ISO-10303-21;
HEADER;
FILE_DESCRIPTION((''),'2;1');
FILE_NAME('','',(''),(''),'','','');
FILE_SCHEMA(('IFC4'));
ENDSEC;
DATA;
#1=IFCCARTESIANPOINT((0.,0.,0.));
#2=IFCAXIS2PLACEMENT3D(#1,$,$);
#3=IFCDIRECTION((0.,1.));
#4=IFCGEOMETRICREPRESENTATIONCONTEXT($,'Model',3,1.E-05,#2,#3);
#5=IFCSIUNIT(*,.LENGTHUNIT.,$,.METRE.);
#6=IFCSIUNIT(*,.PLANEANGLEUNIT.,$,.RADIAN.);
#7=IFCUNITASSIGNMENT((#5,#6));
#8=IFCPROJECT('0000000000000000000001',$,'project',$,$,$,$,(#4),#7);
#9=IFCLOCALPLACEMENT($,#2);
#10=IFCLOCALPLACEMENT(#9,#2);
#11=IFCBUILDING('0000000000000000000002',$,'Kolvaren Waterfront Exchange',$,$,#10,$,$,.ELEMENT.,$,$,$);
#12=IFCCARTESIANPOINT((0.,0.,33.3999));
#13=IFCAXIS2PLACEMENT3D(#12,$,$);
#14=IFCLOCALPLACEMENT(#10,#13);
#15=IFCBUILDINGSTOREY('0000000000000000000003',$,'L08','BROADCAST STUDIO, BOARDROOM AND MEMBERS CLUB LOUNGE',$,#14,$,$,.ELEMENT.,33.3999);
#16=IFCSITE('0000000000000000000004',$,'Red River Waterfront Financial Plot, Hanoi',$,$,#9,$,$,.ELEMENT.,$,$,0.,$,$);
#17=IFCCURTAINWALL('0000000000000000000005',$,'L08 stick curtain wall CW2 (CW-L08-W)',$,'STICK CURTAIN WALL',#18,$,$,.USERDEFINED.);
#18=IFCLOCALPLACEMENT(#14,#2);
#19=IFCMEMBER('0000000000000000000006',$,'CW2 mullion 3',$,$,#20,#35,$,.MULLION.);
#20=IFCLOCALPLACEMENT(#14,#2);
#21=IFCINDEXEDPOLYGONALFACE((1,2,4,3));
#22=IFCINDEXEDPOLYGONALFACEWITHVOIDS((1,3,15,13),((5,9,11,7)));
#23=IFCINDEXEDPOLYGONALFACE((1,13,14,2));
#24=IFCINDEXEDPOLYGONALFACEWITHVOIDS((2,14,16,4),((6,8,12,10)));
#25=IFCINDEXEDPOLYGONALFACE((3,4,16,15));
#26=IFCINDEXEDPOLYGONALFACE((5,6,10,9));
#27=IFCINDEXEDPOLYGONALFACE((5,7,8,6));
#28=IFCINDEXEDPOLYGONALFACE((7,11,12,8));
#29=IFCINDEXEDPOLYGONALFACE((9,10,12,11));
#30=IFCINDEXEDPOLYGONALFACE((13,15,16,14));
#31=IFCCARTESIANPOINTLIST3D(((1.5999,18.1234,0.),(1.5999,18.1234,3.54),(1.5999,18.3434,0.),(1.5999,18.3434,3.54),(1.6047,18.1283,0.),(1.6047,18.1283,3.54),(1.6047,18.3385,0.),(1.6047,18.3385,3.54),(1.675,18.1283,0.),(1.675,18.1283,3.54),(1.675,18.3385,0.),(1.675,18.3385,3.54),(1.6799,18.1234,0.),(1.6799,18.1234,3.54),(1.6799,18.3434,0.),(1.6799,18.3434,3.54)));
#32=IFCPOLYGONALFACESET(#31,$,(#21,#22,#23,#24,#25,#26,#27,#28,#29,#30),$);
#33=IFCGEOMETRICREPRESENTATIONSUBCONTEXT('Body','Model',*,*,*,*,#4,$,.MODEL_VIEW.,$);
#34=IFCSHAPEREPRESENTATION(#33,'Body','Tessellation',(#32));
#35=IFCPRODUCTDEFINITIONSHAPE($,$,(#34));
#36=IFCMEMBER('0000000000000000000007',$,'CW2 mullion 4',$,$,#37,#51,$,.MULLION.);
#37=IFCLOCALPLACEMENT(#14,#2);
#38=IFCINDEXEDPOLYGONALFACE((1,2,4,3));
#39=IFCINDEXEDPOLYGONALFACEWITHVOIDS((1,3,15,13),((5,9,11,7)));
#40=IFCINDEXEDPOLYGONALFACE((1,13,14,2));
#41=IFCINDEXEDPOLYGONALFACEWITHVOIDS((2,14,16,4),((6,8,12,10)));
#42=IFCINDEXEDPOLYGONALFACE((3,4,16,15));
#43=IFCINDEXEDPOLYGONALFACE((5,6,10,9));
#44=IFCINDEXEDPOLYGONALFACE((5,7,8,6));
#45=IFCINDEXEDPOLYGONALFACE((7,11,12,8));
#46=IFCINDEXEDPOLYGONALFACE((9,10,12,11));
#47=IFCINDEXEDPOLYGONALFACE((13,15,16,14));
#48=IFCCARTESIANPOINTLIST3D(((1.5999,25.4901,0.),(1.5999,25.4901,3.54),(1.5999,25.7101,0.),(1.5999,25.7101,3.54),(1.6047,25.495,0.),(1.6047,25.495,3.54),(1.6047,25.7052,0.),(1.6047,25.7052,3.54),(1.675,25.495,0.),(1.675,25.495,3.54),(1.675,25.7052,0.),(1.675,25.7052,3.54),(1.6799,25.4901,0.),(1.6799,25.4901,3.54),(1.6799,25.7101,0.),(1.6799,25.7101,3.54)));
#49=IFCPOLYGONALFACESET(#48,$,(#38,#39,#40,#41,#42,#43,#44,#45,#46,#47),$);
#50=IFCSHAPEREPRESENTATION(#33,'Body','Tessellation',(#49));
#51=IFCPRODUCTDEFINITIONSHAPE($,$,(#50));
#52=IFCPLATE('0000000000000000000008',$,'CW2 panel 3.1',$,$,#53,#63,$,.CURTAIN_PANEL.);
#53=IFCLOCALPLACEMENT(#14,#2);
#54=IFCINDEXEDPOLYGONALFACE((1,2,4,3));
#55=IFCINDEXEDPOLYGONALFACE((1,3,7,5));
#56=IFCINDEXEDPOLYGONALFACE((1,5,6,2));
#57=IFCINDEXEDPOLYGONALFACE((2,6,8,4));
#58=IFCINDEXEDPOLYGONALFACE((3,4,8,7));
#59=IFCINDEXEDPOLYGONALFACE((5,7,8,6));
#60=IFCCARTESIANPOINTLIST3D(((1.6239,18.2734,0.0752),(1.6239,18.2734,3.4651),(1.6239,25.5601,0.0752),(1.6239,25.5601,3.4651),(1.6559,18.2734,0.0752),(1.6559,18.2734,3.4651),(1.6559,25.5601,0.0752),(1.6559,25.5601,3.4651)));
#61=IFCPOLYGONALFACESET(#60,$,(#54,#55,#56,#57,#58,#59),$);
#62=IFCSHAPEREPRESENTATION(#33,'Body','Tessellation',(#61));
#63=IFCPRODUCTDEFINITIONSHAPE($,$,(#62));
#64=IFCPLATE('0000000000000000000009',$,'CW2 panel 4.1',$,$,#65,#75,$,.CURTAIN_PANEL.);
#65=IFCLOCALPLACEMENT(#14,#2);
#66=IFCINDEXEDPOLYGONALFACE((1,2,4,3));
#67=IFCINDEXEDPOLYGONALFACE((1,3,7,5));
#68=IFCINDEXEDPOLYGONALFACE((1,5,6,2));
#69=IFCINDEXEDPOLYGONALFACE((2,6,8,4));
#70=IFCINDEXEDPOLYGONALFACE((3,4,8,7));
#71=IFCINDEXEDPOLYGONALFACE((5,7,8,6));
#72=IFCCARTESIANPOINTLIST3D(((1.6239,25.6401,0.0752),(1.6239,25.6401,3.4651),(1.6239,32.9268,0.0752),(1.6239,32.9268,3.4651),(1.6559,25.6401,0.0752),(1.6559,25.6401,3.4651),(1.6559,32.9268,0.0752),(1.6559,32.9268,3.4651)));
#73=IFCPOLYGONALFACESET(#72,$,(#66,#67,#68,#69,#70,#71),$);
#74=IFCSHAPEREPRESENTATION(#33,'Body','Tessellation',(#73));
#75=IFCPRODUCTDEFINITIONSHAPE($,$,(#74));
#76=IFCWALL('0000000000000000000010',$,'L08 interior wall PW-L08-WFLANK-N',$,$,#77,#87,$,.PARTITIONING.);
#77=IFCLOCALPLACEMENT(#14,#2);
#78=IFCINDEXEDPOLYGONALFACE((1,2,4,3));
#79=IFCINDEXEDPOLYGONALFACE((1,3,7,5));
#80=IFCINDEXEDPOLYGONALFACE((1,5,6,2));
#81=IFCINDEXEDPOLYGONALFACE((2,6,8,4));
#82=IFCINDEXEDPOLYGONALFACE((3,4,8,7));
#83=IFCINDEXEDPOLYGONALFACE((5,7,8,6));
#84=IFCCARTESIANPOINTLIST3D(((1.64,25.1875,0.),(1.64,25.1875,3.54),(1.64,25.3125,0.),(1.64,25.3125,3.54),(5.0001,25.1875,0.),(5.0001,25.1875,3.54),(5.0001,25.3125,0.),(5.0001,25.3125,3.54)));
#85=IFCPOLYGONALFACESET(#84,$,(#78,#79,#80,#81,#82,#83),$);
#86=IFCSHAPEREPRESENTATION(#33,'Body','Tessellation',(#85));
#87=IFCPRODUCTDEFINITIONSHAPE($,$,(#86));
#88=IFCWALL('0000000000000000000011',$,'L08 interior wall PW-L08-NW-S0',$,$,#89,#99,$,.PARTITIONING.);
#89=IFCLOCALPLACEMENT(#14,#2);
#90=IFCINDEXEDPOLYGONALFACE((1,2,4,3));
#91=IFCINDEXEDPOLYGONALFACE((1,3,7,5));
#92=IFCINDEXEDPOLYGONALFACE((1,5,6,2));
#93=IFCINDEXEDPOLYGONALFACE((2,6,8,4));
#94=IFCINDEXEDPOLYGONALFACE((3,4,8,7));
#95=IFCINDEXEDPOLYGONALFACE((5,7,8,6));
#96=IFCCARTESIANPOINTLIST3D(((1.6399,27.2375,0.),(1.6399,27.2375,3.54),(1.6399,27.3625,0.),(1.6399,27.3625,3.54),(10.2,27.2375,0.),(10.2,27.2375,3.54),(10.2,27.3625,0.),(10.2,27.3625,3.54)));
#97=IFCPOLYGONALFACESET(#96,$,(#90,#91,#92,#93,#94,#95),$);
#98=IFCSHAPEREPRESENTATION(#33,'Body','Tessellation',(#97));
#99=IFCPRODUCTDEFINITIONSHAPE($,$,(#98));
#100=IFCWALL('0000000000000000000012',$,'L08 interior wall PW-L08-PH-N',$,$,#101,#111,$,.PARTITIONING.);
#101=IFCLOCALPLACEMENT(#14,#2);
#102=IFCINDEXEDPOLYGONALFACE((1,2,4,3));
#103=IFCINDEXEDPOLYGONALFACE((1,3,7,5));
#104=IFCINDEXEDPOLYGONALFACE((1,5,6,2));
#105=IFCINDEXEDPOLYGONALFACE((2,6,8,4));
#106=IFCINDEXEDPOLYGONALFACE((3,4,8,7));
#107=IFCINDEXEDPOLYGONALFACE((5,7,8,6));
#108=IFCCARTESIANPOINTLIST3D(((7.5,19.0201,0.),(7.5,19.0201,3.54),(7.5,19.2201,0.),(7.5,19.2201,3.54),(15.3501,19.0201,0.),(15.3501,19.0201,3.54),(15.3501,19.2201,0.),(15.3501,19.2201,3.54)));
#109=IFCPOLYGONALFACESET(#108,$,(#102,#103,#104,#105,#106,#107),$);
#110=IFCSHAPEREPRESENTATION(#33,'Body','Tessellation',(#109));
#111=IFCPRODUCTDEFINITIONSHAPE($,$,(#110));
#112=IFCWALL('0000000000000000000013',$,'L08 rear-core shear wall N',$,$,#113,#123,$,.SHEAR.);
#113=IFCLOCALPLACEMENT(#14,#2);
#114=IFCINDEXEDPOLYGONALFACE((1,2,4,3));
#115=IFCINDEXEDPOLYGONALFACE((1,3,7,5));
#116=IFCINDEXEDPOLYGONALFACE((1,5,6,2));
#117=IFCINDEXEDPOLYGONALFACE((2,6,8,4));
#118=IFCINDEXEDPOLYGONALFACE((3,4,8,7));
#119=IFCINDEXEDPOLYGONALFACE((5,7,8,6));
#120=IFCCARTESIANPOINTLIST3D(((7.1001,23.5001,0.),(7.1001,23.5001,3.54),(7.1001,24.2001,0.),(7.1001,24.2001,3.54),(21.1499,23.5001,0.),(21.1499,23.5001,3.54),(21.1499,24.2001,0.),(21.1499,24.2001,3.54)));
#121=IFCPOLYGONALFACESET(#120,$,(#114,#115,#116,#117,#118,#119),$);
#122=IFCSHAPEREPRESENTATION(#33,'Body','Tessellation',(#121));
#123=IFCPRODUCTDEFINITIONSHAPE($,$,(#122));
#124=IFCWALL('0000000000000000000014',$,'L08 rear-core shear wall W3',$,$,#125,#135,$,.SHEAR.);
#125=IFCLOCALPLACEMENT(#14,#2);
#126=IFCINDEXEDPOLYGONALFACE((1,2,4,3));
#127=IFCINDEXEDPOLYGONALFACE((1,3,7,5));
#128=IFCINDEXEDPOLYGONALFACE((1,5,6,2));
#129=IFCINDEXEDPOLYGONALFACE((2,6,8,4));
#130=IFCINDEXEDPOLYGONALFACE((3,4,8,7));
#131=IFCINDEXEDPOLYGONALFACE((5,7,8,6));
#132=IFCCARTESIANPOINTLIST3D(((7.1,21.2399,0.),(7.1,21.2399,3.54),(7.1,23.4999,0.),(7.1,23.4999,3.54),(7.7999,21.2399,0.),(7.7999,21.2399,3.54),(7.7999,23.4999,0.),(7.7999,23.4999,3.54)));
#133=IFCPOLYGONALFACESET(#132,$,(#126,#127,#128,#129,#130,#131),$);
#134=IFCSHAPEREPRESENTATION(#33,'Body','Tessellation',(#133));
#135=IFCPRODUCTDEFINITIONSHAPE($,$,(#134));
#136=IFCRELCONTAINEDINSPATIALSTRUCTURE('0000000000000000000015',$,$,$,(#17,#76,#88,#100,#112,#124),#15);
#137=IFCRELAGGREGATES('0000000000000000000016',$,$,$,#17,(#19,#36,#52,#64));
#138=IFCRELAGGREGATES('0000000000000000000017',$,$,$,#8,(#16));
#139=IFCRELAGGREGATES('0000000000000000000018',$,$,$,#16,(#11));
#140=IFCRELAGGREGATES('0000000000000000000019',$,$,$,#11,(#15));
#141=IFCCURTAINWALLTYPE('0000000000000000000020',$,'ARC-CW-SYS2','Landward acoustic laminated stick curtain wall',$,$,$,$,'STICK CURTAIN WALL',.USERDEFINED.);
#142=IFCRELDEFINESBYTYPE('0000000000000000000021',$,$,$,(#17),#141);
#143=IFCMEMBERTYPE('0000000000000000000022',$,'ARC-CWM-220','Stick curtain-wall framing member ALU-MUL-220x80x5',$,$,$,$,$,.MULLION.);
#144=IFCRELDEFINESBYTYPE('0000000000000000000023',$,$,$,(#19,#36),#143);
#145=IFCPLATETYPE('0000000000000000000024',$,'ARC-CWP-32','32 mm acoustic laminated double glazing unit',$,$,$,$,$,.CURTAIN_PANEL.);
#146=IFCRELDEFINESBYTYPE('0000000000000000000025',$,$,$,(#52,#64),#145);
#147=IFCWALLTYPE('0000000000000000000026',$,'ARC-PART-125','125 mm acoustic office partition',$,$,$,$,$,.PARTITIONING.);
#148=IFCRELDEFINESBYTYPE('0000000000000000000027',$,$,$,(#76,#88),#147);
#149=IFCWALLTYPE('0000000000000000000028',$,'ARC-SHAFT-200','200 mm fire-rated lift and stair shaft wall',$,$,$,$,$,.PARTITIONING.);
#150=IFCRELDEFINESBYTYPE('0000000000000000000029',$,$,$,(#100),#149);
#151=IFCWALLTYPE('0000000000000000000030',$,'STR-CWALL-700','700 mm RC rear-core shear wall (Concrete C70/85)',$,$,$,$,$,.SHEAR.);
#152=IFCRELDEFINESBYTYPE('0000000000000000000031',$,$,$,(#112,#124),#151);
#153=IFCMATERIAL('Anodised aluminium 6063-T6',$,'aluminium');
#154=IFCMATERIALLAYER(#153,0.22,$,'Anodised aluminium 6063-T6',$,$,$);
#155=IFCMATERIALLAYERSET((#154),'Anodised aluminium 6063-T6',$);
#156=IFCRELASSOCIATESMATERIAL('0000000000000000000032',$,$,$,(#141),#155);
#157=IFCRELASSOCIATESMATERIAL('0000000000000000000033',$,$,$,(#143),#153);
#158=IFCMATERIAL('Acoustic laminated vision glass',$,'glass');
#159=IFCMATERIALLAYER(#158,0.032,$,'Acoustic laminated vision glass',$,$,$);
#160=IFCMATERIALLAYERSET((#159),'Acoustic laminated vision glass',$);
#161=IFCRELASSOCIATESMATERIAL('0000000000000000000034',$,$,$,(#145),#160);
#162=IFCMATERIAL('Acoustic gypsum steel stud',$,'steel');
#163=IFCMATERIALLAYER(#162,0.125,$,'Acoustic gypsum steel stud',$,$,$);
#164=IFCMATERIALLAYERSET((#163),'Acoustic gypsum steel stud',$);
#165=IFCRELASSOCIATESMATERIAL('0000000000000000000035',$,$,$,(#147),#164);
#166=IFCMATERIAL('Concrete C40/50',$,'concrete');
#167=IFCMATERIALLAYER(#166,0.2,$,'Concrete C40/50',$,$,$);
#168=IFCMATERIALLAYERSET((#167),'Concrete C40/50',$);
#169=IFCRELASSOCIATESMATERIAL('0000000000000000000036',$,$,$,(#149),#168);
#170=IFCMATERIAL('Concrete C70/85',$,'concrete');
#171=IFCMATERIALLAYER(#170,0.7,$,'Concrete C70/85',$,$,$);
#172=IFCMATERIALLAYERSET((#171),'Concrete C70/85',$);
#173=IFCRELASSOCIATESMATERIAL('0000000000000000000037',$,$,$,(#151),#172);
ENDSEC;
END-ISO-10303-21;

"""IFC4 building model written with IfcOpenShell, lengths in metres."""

from ifc_helpers import new_model, si_unit, direction, frame, frame_2d, origin, origin_with_axes, origin_2d, place, context, subcontext, project, spatial, rectangle, hollow_rectangle, extrude, source, transform, mapped, material, layer, layer_set, material_profile, profile_set, type_object, element, aggregate, save


model = new_model("IFC4")

# Units and contexts
model_context = context("Model", 3, precision=1e-05, world=origin(), true_north=direction((0.0, 1.0)))
body_context = subcontext(model_context, "Body", "Model", "MODEL_VIEW")
ifc_project = project(units=[si_unit("LENGTHUNIT", "METRE"), si_unit("PLANEANGLEUNIT", "RADIAN")], contexts=[model_context])

# Site, building, storey
site_placement = place(None, origin())
site = spatial("IfcSite", under=ifc_project, at=site_placement, Name="Red River Waterfront Financial Plot, Hanoi", CompositionType="ELEMENT", RefElevation=0.0)
building_placement = place(site_placement, origin())
building = spatial("IfcBuilding", under=site, at=building_placement, Name="Kolvaren Waterfront Exchange", CompositionType="ELEMENT")
storey_placement = place(building_placement, frame((0.0, 0.0, 33.3999)))
storey = spatial("IfcBuildingStorey", under=building, at=storey_placement, Name="L08", Description="BROADCAST STUDIO, BOARDROOM AND MEMBERS CLUB LOUNGE", CompositionType="ELEMENT", Elevation=33.3999)

# Shared definitions
ifc_material_1 = material(Name="Concrete C70/85", Category="concrete")

# Curtain wall, members, plates
ifc_material_2 = material(Name="Anodised aluminium 6063-T6", Category="aluminium")
ifc_layer_1 = layer(ifc_material_2, 0.22, Name="Anodised aluminium 6063-T6")
ifc_layer_set_1 = layer_set([ifc_layer_1], Name="Anodised aluminium 6063-T6")
curtain_wall_type = type_object("IfcCurtainWallType", Name="ARC-CW-SYS2", Description="Landward acoustic laminated stick curtain wall", ElementType="STICK CURTAIN WALL", PredefinedType="USERDEFINED", material=ifc_layer_set_1)
curtain_wall_placement = place(storey_placement, origin())
curtain_wall = element("IfcCurtainWall", 1, at=curtain_wall_placement, inside=storey, type_object=curtain_wall_type, Name="L08 stick curtain wall CW2 (CW-L08-W)", ObjectType="STICK CURTAIN WALL", PredefinedType="USERDEFINED")
ifc_material_profile_1 = material_profile(ifc_material_2, hollow_rectangle(XDim=0.0801, YDim=0.22, WallThickness=0.0049, at=origin_2d()), Name="ALU-MUL-220x80x5")
ifc_profile_set_1 = profile_set([ifc_material_profile_1], Name="Anodised aluminium 6063-T6")
member_type_1 = type_object("IfcMemberType", Name="ARC-CWM-220", Description="Stick curtain-wall framing member ALU-MUL-220x80x5", PredefinedType="MULLION", material=ifc_profile_set_1)
shared_shape_1 = source(origin_with_axes(), body_context, "Body", "SweptSolid", [
    extrude(hollow_rectangle(XDim=0.0801, YDim=0.22, WallThickness=0.0049, at=origin_2d()), origin(), (0.0, 0.0, 1.0), 3.54),
])
member_1_placement = place(storey_placement, frame((1.6399, 18.2334, 0.0), z_axis=(0.0, 0.0, 1.0), x_axis=(-1.0, 0.0, 0.0)))
member_1 = element("IfcMember", 2, at=member_1_placement, type_object=member_type_1, Name="CW2 mullion 3", PredefinedType="MULLION", context=body_context, shape_type="MappedRepresentation", body=[
    mapped(shared_shape_1, transform((0.0, 0.0, 0.0), x_axis=(1.0, 0.0, 0.0), y_axis=(0.0, 1.0, 0.0), z_axis=(0.0, 0.0, 1.0), scale=1.0)),
])
member_2_placement = place(storey_placement, frame((1.6399, 25.6001, 0.0), z_axis=(0.0, 0.0, 1.0), x_axis=(-1.0, 0.0, 0.0)))
member_2 = element("IfcMember", 3, at=member_2_placement, type_object=member_type_1, Name="CW2 mullion 4", PredefinedType="MULLION", context=body_context, shape_type="MappedRepresentation", body=[
    mapped(shared_shape_1, transform((0.0, 0.0, 0.0), x_axis=(1.0, 0.0, 0.0), y_axis=(0.0, 1.0, 0.0), z_axis=(0.0, 0.0, 1.0), scale=1.0)),
])
ifc_material_3 = material(Name="Acoustic laminated vision glass", Category="glass")
ifc_layer_2 = layer(ifc_material_3, 0.032, Name="Acoustic laminated vision glass")
ifc_layer_set_2 = layer_set([ifc_layer_2], Name="Acoustic laminated vision glass")
plate_type = type_object("IfcPlateType", Name="ARC-CWP-32", Description="32 mm acoustic laminated double glazing unit", PredefinedType="CURTAIN_PANEL", material=ifc_layer_set_2)
shared_shape_2 = source(origin_with_axes(), body_context, "Body", "SweptSolid", [
    extrude(rectangle(XDim=7.2866, YDim=0.032, at=origin_2d()), origin(), (0.0, 0.0, 1.0), 3.3899),
])
plate_1_placement = place(storey_placement, frame((1.6399, 21.9167, 0.0752), z_axis=(0.0, 0.0, 1.0), x_axis=(0.0, 1.0, 0.0)))
plate_1 = element("IfcPlate", 4, at=plate_1_placement, type_object=plate_type, Name="CW2 panel 3.1", PredefinedType="CURTAIN_PANEL", context=body_context, shape_type="MappedRepresentation", body=[
    mapped(shared_shape_2, transform((0.0, 0.0, 0.0), x_axis=(1.0, 0.0, 0.0), y_axis=(0.0, 1.0, 0.0), z_axis=(0.0, 0.0, 1.0), scale=1.0)),
])
plate_2_placement = place(storey_placement, frame((1.6399, 29.2834, 0.0752), z_axis=(0.0, 0.0, 1.0), x_axis=(0.0, 1.0, 0.0)))
plate_2 = element("IfcPlate", 5, at=plate_2_placement, type_object=plate_type, Name="CW2 panel 4.1", PredefinedType="CURTAIN_PANEL", context=body_context, shape_type="MappedRepresentation", body=[
    mapped(shared_shape_2, transform((0.0, 0.0, 0.0), x_axis=(1.0, 0.0, 0.0), y_axis=(0.0, 1.0, 0.0), z_axis=(0.0, 0.0, 1.0), scale=1.0)),
])
aggregate(curtain_wall, [member_1, member_2, plate_1, plate_2])

# Walls
ifc_material_4 = material(Name="Acoustic gypsum steel stud", Category="steel")
ifc_layer_3 = layer(ifc_material_4, 0.125, Name="Acoustic gypsum steel stud")
ifc_layer_set_3 = layer_set([ifc_layer_3], Name="Acoustic gypsum steel stud")
wall_type_1 = type_object("IfcWallType", Name="ARC-PART-125", Description="125 mm acoustic office partition", PredefinedType="PARTITIONING", material=ifc_layer_set_3)
wall_1_placement = place(storey_placement, frame((1.6399, 25.25, 0.0), z_axis=(0.0, 0.0, 1.0), x_axis=(1.0, 0.0, 0.0)))
element("IfcWall", 6, at=wall_1_placement, inside=storey, type_object=wall_type_1, Name="L08 interior wall PW-L08-WFLANK-N", PredefinedType="PARTITIONING", context=body_context, shape_type="SweptSolid", body=[
    extrude(rectangle(XDim=3.3601, YDim=0.125, at=frame_2d((1.6802, 0.0))), origin(), (0.0, 0.0, 1.0), 3.54),
])
wall_2_placement = place(storey_placement, frame((1.6399, 27.3, 0.0), z_axis=(0.0, 0.0, 1.0), x_axis=(1.0, 0.0, 0.0)))
element("IfcWall", 7, at=wall_2_placement, inside=storey, type_object=wall_type_1, Name="L08 interior wall PW-L08-NW-S0", PredefinedType="PARTITIONING", context=body_context, shape_type="SweptSolid", body=[
    extrude(rectangle(XDim=8.5601, YDim=0.125, at=frame_2d((4.28, 0.0))), origin(), (0.0, 0.0, 1.0), 3.54),
])
ifc_material_5 = material(Name="Concrete C40/50", Category="concrete")
ifc_layer_4 = layer(ifc_material_5, 0.2, Name="Concrete C40/50")
ifc_layer_set_4 = layer_set([ifc_layer_4], Name="Concrete C40/50")
wall_type_2 = type_object("IfcWallType", Name="ARC-SHAFT-200", Description="200 mm fire-rated lift and stair shaft wall", PredefinedType="PARTITIONING", material=ifc_layer_set_4)
wall_3_placement = place(storey_placement, frame((7.5, 19.1201, 0.0), z_axis=(0.0, 0.0, 1.0), x_axis=(1.0, 0.0, 0.0)))
element("IfcWall", 8, at=wall_3_placement, inside=storey, type_object=wall_type_2, Name="L08 interior wall PW-L08-PH-N", PredefinedType="PARTITIONING", context=body_context, shape_type="SweptSolid", body=[
    extrude(rectangle(XDim=7.8501, YDim=0.2, at=frame_2d((3.925, 0.0))), origin(), (0.0, 0.0, 1.0), 3.54),
])
ifc_layer_5 = layer(ifc_material_1, 0.7, Name="Concrete C70/85")
ifc_layer_set_5 = layer_set([ifc_layer_5], Name="Concrete C70/85")
wall_type_3 = type_object("IfcWallType", Name="STR-CWALL-700", Description="700 mm RC rear-core shear wall (Concrete C70/85)", PredefinedType="SHEAR", material=ifc_layer_set_5)
wall_4_placement = place(storey_placement, frame((7.1001, 23.8501, 0.0), z_axis=(0.0, 0.0, 1.0), x_axis=(1.0, 0.0, 0.0)))
element("IfcWall", 9, at=wall_4_placement, inside=storey, type_object=wall_type_3, Name="L08 rear-core shear wall N", PredefinedType="SHEAR", context=body_context, shape_type="SweptSolid", body=[
    extrude(rectangle(XDim=14.0498, YDim=0.7, at=frame_2d((7.0249, 0.0))), origin(), (0.0, 0.0, 1.0), 3.54),
])
wall_5_placement = place(storey_placement, frame((7.45, 21.24, 0.0), z_axis=(0.0, 0.0, 1.0), x_axis=(0.0, 1.0, 0.0)))
element("IfcWall", 10, at=wall_5_placement, inside=storey, type_object=wall_type_3, Name="L08 rear-core shear wall W3", PredefinedType="SHEAR", context=body_context, shape_type="SweptSolid", body=[
    extrude(rectangle(XDim=2.26, YDim=0.7, at=frame_2d((1.1299, 0.0))), origin(), (0.0, 0.0, 1.0), 3.54),
])

save(model, "model.ifc")
